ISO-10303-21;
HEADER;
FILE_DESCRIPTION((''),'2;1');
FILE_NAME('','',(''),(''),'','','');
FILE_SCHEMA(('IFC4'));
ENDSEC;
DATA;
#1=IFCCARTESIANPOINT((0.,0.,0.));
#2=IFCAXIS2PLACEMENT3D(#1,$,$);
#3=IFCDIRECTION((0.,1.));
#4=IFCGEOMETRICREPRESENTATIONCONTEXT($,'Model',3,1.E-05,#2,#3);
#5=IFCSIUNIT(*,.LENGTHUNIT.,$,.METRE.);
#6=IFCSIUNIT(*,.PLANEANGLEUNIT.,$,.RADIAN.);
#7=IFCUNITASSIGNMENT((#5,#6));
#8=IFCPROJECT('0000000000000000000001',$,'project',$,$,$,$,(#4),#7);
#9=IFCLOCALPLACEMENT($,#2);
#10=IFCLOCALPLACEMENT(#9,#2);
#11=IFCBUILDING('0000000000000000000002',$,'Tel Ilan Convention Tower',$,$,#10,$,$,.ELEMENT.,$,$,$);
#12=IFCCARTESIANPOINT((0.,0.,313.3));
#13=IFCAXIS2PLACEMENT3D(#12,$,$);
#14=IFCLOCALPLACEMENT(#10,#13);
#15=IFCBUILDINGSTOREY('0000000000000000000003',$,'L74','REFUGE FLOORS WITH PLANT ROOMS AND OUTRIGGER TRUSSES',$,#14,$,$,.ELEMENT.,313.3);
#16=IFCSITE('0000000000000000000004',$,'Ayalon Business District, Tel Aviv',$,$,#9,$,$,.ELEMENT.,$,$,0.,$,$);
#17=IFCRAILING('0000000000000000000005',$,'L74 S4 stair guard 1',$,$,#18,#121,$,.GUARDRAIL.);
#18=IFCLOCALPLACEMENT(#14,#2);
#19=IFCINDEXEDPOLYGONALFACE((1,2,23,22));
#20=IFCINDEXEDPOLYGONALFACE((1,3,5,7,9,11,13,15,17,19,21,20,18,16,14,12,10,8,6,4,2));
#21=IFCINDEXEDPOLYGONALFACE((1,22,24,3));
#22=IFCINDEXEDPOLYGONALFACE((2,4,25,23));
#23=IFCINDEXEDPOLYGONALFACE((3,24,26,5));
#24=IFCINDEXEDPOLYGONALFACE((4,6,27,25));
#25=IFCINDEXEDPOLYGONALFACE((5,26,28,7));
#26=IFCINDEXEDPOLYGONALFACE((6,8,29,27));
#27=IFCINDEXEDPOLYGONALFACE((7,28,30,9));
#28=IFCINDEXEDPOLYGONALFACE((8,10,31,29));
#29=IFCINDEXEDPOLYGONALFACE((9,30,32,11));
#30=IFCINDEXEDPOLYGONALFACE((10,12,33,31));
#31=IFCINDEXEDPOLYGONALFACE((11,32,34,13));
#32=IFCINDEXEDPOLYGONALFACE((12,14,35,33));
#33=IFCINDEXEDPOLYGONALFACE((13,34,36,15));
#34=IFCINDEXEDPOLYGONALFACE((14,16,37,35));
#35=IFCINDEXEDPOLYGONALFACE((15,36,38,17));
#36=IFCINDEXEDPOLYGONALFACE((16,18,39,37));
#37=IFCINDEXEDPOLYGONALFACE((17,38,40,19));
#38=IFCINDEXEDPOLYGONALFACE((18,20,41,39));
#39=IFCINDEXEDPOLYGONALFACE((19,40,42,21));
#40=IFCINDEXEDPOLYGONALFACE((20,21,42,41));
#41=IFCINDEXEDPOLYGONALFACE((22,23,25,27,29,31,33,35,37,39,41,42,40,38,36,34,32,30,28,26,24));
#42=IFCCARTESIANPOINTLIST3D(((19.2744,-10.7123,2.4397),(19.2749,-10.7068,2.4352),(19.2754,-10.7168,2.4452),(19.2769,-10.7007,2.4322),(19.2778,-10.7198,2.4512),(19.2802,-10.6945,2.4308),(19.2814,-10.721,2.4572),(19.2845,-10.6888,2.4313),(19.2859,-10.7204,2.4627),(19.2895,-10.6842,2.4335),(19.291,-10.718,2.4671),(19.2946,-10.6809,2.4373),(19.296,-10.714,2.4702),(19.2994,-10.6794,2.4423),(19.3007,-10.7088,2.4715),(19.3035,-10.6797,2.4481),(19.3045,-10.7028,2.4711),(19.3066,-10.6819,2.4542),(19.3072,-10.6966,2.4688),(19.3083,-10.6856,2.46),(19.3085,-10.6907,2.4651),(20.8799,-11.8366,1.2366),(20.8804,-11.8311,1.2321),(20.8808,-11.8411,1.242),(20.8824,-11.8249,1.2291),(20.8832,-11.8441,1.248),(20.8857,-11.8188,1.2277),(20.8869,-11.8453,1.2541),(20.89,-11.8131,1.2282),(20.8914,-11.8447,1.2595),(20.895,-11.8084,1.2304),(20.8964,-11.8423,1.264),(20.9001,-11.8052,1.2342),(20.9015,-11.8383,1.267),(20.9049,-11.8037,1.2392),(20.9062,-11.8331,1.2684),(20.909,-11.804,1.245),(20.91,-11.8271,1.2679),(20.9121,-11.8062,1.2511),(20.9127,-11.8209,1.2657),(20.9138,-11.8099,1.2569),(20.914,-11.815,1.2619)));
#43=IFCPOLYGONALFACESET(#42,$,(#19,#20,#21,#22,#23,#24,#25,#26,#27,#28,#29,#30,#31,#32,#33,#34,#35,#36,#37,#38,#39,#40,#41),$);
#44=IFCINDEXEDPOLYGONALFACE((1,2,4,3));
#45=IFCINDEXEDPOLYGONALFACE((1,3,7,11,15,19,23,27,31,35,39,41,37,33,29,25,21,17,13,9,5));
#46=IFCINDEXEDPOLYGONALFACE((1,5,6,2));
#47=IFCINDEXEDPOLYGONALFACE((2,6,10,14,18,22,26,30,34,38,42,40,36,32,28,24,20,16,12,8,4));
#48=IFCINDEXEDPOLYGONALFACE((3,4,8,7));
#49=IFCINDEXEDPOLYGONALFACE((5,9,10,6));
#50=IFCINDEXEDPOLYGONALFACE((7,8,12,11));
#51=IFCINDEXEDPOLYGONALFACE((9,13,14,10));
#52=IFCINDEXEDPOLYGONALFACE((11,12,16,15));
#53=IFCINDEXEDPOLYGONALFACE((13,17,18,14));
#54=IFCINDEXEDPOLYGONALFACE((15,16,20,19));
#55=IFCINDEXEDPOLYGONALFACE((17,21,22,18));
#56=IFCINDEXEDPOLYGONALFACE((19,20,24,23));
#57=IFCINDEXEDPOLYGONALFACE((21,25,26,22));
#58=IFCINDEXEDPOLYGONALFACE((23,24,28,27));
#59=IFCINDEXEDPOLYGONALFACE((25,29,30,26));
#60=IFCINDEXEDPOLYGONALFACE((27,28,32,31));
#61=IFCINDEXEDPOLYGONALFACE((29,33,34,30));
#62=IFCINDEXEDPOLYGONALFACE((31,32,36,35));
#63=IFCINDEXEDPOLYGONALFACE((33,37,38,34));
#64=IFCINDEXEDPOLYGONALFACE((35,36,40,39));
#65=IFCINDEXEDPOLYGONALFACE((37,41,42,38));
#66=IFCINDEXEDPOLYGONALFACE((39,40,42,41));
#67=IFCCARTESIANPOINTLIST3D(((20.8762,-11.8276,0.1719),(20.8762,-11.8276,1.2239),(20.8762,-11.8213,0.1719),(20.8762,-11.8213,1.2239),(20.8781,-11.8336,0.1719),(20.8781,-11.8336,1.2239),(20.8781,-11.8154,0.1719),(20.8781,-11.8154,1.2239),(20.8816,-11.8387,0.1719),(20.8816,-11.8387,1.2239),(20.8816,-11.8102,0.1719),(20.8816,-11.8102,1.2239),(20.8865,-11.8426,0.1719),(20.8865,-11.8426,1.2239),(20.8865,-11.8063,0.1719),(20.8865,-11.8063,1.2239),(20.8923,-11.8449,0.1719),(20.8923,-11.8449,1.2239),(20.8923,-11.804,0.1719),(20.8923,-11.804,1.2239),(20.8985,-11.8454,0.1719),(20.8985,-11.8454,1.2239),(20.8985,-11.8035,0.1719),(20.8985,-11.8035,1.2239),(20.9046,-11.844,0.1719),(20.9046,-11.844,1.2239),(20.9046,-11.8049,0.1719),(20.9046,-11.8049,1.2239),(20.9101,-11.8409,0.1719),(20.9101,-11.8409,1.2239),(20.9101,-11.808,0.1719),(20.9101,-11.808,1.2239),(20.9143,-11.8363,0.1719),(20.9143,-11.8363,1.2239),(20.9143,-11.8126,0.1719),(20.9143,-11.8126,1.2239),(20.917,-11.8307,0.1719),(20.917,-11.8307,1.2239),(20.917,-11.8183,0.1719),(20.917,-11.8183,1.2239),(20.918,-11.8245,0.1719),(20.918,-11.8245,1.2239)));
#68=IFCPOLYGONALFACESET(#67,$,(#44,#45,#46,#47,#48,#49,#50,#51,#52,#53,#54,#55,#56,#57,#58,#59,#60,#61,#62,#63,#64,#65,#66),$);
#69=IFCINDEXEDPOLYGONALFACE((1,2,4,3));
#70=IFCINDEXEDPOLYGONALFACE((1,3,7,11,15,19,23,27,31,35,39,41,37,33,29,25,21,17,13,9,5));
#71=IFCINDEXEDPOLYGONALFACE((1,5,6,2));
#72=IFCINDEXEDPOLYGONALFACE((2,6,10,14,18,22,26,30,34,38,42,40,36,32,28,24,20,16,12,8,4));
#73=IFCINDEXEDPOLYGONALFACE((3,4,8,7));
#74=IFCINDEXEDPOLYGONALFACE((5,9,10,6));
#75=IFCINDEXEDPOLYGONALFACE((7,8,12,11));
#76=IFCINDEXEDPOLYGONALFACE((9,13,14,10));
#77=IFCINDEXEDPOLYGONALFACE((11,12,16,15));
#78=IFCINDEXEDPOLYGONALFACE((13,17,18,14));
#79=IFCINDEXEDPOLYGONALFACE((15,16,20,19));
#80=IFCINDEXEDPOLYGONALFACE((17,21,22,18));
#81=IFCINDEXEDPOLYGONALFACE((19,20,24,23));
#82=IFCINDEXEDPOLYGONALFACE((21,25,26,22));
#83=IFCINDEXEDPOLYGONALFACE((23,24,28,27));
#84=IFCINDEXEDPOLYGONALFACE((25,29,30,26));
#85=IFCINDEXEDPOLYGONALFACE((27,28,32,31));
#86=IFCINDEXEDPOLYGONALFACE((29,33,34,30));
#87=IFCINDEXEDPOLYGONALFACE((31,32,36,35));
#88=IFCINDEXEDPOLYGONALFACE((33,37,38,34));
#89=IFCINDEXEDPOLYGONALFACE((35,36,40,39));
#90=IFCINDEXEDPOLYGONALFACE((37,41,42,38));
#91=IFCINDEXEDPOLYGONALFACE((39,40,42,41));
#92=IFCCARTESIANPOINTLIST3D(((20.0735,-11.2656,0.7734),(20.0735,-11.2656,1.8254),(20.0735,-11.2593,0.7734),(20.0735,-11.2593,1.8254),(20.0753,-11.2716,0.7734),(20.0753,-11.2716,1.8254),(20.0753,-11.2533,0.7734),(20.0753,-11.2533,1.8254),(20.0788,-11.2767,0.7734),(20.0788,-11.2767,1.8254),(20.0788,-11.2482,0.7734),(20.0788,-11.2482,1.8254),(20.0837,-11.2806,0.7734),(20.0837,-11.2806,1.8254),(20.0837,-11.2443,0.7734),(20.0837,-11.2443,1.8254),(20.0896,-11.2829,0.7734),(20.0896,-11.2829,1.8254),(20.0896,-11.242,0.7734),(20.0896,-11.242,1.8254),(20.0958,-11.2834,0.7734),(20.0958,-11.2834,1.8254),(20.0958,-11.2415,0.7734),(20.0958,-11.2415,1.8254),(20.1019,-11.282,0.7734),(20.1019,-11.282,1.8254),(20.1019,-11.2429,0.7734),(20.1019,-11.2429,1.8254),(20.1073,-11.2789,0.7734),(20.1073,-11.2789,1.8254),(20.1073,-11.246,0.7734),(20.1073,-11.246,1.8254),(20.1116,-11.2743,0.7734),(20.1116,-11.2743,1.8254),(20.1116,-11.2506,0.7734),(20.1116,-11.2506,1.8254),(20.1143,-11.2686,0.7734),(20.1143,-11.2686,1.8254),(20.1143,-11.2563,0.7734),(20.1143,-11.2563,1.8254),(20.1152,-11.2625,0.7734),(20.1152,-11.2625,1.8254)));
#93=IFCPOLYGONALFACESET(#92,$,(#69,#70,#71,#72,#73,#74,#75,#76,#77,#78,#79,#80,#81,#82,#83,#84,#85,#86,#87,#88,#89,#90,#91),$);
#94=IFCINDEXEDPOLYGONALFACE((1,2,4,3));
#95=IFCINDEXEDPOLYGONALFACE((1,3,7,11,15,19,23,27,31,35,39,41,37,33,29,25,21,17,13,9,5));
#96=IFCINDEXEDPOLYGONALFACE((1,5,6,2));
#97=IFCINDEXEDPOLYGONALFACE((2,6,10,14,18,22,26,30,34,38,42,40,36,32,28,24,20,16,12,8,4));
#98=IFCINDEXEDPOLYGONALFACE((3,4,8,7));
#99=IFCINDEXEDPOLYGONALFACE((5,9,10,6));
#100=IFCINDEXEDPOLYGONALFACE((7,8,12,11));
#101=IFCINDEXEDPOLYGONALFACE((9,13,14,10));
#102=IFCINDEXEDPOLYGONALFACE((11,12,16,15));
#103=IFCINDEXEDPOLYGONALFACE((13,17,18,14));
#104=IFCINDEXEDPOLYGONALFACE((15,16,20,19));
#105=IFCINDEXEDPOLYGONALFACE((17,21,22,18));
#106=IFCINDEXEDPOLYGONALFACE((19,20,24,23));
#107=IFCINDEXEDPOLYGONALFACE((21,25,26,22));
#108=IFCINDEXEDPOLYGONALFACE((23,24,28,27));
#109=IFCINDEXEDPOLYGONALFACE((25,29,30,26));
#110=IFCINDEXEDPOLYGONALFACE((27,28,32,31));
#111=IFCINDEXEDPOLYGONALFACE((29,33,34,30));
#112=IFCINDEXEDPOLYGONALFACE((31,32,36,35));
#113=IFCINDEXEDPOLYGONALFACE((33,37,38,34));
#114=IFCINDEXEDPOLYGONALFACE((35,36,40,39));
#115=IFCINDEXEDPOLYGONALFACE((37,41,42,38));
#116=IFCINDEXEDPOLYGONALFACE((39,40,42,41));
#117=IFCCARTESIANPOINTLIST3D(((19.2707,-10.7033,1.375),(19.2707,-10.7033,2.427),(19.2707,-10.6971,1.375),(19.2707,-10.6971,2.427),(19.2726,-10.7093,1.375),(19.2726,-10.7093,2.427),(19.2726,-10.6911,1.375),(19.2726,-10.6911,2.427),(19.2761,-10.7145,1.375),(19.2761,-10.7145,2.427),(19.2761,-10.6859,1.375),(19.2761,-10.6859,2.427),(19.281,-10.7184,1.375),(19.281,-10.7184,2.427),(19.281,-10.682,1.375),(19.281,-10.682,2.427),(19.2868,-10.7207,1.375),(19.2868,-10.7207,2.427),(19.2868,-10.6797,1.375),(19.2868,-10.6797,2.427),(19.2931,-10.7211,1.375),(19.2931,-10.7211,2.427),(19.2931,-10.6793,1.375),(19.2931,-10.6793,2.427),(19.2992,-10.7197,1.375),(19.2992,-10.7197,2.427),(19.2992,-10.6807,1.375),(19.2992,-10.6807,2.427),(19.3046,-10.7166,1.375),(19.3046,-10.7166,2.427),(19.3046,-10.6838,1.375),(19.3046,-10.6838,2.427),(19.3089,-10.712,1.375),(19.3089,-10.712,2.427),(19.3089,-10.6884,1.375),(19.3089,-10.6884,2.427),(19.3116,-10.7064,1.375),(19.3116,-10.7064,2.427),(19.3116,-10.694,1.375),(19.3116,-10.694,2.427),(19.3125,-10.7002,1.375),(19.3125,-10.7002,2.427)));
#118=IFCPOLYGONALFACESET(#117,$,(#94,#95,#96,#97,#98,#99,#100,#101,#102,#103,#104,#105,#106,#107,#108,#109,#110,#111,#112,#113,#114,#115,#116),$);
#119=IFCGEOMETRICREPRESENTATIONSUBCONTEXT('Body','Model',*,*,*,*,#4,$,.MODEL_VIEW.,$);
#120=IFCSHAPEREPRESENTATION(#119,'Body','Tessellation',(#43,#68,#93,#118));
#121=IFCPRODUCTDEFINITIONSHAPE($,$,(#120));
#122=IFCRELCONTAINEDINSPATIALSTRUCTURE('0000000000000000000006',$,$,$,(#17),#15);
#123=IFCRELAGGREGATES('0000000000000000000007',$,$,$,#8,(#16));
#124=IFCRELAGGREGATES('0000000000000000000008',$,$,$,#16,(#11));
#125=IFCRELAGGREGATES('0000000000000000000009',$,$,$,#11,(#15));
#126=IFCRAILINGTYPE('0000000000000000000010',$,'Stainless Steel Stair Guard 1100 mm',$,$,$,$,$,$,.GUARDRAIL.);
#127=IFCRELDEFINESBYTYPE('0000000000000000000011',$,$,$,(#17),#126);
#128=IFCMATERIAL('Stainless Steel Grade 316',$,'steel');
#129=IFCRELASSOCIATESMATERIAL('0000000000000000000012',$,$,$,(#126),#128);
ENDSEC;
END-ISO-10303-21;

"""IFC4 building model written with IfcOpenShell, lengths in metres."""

from ifc_helpers import new_model, si_unit, direction, frame, origin, origin_2d, place, context, subcontext, project, spatial, circle, extrude, material, type_object, element, save


model = new_model("IFC4")

# Units and contexts
model_context = context("Model", 3, precision=1e-05, world=origin(), true_north=direction((0.0, 1.0)))
body_context = subcontext(model_context, "Body", "Model", "MODEL_VIEW")
ifc_project = project(units=[si_unit("LENGTHUNIT", "METRE"), si_unit("PLANEANGLEUNIT", "RADIAN")], contexts=[model_context])

# Site, building, storey
site_placement = place(None, origin())
site = spatial("IfcSite", under=ifc_project, at=site_placement, Name="Ayalon Business District, Tel Aviv", CompositionType="ELEMENT", RefElevation=0.0)
building_placement = place(site_placement, origin())
building = spatial("IfcBuilding", under=site, at=building_placement, Name="Tel Ilan Convention Tower", CompositionType="ELEMENT")
storey_placement = place(building_placement, frame((0.0, 0.0, 313.3)))
storey = spatial("IfcBuildingStorey", under=building, at=storey_placement, Name="L74", Description="REFUGE FLOORS WITH PLANT ROOMS AND OUTRIGGER TRUSSES", CompositionType="ELEMENT", Elevation=313.3)

# Railing
ifc_material_1 = material(Name="Stainless Steel Grade 316", Category="steel")
railing_type_1 = type_object("IfcRailingType", Name="Stainless Steel Stair Guard 1100 mm", PredefinedType="GUARDRAIL", material=ifc_material_1)
railing_1_placement = place(storey_placement, frame((20.897, -11.8245, 0.1719)))
element("IfcRailing", 1, at=railing_1_placement, inside=storey, type_object=railing_type_1, Name="L74 S4 stair guard 1", PredefinedType="GUARDRAIL", context=body_context, shape_type="SweptSolid", body=[
    extrude(circle(Radius=0.0239, at=origin_2d()), frame((0.0, 0.0, 1.0762), z_axis=(-0.698095, 0.488857, 0.523146), x_axis=(-0.573613, -0.819127, 0.0)), (0.0, 0.0, 1.0), 2.2998),
    extrude(circle(Radius=0.021, at=origin_2d()), origin(), (0.0, 0.0, 1.0), 1.052),
    extrude(circle(Radius=0.021, at=origin_2d()), frame((-0.8027, 0.562, 0.6016)), (0.0, 0.0, 1.0), 1.052),
    extrude(circle(Radius=0.021, at=origin_2d()), frame((-1.6055, 1.1243, 1.2031)), (0.0, 0.0, 1.0), 1.052),
])

save(model, "model.ifc")
